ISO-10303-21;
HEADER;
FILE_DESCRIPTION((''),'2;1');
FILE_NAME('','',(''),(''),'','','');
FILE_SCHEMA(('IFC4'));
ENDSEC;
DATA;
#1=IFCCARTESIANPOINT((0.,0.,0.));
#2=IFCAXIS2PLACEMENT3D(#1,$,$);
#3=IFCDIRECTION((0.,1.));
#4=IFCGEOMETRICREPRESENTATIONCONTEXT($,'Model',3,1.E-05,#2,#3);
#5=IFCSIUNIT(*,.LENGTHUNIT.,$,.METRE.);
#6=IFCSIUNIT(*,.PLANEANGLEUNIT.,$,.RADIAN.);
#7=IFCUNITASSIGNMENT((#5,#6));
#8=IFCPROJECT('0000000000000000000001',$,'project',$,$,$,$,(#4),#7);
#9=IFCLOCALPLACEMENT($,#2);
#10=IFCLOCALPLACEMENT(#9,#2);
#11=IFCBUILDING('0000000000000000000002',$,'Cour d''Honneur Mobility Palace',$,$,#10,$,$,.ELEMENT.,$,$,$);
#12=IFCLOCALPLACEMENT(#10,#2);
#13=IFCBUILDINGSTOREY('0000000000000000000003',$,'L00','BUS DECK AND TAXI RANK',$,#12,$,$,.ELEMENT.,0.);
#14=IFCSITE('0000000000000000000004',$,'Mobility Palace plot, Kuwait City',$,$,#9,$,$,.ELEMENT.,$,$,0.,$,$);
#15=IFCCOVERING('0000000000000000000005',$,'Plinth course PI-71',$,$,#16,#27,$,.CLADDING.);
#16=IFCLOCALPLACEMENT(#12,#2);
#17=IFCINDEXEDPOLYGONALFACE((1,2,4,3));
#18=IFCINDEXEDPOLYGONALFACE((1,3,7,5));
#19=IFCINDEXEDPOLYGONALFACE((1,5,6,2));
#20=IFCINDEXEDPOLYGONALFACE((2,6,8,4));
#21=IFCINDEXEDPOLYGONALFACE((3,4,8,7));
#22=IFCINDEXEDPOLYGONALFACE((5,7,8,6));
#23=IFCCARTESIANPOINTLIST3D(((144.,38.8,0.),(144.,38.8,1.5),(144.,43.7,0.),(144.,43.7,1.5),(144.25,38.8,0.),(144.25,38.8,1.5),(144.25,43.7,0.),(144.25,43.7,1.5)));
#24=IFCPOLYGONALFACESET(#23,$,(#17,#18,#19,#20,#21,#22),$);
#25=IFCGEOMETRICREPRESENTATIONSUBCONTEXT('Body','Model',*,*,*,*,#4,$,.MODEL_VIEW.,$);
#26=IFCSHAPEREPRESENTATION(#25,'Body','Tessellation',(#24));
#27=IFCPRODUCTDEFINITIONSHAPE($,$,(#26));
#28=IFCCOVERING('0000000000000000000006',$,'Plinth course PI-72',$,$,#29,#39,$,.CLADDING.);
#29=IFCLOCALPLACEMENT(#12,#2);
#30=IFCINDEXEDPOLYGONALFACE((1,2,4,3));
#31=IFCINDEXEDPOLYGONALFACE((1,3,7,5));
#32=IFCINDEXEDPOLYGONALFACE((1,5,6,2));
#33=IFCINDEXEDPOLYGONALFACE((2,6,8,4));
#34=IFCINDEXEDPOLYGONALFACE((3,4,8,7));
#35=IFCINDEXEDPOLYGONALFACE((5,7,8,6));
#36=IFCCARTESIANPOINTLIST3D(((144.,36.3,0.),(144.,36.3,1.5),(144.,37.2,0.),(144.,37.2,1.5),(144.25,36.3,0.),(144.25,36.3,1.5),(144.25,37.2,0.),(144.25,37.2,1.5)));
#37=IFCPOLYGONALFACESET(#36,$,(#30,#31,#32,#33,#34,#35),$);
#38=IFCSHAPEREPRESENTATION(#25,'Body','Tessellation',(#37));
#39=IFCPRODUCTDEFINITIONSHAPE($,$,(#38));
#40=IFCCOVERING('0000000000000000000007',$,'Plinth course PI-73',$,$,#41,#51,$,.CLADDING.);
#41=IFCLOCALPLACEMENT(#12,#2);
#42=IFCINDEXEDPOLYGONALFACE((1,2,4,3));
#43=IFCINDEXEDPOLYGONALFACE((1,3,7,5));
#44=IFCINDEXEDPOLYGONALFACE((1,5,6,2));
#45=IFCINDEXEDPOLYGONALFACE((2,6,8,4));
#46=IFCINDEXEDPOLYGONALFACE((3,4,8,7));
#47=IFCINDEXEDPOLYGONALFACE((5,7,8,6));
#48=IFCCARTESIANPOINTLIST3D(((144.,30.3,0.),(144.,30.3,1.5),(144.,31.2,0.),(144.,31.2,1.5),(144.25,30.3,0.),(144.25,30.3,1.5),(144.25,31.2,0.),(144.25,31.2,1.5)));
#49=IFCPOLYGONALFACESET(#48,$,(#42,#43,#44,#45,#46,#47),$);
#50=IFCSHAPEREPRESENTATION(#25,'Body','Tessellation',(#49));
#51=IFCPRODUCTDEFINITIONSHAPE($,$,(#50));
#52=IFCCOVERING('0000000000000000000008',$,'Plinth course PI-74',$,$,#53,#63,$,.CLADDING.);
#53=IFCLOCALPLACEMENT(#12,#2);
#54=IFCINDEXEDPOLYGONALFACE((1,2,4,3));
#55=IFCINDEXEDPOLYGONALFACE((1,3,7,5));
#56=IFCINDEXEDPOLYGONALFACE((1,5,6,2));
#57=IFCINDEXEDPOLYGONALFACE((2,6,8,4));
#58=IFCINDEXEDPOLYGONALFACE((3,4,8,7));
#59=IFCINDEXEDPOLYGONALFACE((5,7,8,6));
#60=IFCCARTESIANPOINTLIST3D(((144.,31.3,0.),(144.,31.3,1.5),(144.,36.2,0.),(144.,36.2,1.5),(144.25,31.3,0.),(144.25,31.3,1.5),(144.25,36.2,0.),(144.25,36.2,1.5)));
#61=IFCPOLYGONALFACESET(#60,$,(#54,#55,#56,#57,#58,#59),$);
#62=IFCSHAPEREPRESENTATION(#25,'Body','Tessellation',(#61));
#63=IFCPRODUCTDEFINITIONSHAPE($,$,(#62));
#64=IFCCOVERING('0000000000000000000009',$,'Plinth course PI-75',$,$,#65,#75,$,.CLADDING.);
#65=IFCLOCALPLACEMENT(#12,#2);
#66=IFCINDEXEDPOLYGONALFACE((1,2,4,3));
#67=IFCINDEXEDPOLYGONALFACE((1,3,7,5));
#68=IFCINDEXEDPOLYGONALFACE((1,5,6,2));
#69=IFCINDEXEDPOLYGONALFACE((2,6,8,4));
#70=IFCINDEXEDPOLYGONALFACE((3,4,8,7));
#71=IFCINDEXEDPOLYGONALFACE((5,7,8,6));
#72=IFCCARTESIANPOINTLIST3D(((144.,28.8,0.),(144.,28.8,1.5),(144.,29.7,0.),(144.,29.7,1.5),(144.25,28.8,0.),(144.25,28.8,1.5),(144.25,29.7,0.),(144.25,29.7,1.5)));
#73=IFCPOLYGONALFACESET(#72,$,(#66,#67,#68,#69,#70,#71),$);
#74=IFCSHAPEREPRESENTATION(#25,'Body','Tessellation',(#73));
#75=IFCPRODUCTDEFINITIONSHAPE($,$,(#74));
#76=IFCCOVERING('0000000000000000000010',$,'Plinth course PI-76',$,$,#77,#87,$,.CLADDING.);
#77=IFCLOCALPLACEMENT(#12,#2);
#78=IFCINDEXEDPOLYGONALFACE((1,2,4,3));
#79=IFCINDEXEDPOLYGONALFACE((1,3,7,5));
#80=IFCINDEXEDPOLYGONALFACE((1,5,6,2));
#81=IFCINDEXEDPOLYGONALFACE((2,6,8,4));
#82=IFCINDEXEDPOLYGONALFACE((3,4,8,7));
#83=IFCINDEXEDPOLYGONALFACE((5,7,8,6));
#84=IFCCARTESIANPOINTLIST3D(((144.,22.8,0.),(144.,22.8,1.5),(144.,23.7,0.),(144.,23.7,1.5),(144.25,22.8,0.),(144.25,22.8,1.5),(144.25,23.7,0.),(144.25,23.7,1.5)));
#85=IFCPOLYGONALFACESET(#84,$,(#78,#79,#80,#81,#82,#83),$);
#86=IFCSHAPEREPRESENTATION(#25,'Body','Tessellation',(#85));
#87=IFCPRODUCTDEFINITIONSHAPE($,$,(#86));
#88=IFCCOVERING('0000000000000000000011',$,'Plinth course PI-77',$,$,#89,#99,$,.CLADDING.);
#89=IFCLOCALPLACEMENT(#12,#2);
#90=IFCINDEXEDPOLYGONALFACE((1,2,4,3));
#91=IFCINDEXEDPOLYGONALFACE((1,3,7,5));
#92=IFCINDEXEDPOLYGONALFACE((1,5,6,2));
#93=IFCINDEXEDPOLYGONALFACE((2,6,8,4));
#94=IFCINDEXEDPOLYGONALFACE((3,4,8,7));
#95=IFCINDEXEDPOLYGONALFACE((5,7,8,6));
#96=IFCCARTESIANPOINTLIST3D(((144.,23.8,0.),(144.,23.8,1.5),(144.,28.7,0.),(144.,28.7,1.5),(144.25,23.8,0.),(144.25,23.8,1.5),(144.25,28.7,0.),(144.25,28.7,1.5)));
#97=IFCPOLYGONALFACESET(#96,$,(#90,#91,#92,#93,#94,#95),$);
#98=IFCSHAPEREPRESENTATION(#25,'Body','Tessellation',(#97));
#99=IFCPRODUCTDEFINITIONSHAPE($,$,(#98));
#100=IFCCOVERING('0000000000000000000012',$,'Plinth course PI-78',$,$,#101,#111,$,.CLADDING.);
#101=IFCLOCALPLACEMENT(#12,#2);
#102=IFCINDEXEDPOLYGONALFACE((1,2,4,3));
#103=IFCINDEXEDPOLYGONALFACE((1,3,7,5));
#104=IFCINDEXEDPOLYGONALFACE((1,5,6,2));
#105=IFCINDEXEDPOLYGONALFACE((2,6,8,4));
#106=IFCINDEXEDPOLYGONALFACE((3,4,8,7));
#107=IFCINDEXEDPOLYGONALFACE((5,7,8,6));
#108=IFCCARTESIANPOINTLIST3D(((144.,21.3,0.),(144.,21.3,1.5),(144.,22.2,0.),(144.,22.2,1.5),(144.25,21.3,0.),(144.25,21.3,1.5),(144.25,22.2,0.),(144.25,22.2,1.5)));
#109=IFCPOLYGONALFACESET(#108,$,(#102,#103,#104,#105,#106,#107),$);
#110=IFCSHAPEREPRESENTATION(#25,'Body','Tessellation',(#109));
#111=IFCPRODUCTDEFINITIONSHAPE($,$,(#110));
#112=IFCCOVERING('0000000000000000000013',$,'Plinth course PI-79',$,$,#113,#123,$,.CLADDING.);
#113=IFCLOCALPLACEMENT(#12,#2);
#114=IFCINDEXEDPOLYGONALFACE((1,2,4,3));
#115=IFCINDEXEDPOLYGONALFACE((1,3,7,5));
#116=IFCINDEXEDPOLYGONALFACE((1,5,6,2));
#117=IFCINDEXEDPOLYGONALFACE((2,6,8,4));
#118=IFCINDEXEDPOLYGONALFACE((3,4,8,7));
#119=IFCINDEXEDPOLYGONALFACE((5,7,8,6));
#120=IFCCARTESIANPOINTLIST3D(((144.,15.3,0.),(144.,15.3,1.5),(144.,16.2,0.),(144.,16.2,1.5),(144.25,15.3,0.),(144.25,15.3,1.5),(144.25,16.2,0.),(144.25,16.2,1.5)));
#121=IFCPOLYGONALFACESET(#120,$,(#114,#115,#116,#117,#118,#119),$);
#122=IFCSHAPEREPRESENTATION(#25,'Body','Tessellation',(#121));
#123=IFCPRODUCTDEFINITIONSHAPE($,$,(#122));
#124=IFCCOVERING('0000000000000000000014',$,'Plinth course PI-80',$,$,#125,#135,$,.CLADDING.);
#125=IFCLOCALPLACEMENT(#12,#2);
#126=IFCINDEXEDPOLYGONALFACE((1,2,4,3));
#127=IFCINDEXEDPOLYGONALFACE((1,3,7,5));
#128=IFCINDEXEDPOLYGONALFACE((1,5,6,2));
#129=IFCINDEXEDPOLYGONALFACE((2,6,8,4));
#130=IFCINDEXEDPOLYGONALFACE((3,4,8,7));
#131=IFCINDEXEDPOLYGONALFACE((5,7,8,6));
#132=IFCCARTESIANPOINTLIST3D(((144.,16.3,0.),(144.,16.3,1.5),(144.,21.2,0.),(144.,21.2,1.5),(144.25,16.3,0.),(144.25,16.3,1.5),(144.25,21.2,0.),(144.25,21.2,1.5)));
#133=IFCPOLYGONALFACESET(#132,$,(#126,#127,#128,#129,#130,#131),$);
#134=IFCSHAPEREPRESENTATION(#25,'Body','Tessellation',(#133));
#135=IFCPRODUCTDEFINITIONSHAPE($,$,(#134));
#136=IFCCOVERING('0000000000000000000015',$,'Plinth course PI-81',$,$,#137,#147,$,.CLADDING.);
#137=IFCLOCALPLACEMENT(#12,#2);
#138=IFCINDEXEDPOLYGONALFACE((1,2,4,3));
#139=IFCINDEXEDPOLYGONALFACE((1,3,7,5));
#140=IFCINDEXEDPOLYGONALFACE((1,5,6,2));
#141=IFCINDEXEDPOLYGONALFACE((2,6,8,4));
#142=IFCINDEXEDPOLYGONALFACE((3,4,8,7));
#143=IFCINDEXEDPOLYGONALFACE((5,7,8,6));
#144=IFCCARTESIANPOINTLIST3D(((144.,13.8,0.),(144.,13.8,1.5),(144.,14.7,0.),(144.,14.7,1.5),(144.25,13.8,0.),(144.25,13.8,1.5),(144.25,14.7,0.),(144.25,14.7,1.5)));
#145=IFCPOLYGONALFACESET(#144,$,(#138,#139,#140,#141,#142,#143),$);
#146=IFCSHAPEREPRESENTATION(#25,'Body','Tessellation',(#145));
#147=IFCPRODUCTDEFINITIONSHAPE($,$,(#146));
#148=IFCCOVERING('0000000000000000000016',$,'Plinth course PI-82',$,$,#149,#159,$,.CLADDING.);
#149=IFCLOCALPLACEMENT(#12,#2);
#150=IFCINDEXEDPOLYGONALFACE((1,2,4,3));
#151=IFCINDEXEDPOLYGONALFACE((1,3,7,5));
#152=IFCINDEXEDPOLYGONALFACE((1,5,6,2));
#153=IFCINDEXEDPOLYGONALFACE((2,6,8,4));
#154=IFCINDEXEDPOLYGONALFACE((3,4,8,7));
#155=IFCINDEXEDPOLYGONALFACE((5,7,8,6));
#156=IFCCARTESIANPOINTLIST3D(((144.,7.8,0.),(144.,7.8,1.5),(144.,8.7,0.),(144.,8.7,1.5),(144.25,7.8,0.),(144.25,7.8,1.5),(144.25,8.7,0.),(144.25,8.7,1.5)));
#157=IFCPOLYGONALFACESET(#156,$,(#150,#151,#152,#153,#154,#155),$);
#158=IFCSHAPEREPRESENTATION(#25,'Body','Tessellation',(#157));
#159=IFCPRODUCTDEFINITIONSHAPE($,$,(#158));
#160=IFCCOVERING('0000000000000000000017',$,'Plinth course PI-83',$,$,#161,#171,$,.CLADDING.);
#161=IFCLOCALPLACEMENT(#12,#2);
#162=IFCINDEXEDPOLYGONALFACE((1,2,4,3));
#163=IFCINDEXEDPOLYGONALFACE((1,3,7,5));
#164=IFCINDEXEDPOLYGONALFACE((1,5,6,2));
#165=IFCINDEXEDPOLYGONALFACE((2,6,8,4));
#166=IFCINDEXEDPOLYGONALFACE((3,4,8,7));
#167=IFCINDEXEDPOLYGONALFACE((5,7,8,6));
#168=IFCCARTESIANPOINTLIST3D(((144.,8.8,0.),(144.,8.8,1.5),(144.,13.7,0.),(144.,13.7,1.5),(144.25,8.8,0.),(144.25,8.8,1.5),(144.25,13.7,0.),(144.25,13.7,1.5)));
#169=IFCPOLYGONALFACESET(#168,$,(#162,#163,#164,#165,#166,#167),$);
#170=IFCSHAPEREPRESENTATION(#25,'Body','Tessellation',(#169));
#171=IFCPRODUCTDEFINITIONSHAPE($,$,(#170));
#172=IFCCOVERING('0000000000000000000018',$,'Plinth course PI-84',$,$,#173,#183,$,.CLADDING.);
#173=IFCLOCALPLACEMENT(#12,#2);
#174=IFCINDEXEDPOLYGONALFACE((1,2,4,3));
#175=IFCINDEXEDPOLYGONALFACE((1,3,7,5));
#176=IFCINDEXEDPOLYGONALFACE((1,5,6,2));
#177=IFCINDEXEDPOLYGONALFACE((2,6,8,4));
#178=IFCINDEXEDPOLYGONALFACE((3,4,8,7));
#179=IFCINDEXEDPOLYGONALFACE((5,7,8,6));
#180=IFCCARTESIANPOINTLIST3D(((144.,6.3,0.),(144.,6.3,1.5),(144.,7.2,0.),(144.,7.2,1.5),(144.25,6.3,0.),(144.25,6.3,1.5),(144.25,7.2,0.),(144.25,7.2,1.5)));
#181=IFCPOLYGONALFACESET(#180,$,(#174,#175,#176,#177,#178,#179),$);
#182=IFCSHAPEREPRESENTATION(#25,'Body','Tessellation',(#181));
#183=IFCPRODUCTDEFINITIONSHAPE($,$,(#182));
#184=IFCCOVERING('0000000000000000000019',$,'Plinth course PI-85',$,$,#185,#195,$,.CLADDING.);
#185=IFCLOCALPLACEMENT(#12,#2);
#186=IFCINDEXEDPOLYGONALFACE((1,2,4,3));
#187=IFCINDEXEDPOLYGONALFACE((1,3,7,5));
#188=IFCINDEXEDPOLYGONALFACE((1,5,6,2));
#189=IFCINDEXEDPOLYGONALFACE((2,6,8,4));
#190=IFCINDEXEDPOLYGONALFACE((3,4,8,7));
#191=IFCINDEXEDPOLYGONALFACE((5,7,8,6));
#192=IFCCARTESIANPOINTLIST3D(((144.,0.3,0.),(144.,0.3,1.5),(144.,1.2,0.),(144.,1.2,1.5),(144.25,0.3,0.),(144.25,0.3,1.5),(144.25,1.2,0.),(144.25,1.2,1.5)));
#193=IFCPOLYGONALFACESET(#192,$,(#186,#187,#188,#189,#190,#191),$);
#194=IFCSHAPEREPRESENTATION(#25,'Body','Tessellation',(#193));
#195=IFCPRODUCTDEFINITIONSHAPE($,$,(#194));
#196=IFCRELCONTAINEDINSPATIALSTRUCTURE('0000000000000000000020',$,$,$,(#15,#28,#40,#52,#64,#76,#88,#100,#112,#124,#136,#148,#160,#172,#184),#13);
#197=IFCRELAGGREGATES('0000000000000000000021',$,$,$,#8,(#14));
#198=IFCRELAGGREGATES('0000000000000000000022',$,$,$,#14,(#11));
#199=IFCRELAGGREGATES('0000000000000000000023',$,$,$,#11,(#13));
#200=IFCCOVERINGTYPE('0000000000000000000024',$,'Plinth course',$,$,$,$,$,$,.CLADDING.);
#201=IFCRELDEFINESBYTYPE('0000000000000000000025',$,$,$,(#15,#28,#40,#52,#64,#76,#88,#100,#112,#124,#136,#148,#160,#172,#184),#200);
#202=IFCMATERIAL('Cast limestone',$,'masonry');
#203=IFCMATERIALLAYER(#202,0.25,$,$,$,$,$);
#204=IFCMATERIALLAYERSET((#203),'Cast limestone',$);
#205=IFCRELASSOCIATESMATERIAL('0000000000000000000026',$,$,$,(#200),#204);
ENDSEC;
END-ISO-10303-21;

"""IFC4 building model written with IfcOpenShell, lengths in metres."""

from ifc_helpers import new_model, si_unit, direction, origin, place, context, subcontext, project, spatial, polyline, outline, extrude, material, layer, layer_set, type_object, element, save


model = new_model("IFC4")

# Units and contexts
model_context = context("Model", 3, precision=1e-05, world=origin(), true_north=direction((0.0, 1.0)))
body_context = subcontext(model_context, "Body", "Model", "MODEL_VIEW")
ifc_project = project(units=[si_unit("LENGTHUNIT", "METRE"), si_unit("PLANEANGLEUNIT", "RADIAN")], contexts=[model_context])

# Site, building, storey
site_placement = place(None, origin())
site = spatial("IfcSite", under=ifc_project, at=site_placement, Name="Mobility Palace plot, Kuwait City", CompositionType="ELEMENT", RefElevation=0.0)
building_placement = place(site_placement, origin())
building = spatial("IfcBuilding", under=site, at=building_placement, Name="Cour d'Honneur Mobility Palace", CompositionType="ELEMENT")
storey_placement = place(building_placement, origin())
storey = spatial("IfcBuildingStorey", under=building, at=storey_placement, Name="L00", Description="BUS DECK AND TAXI RANK", CompositionType="ELEMENT", Elevation=0.0)

# Coverings
ifc_material = material(Name="Cast limestone", Category="masonry")
ifc_layer = layer(ifc_material, 0.25)
ifc_layer_set = layer_set([ifc_layer], Name="Cast limestone")
covering_type = type_object("IfcCoveringType", Name="Plinth course", PredefinedType="CLADDING", material=ifc_layer_set)
covering_1_placement = place(storey_placement, origin())
element("IfcCovering", 1, at=covering_1_placement, inside=storey, type_object=covering_type, Name="Plinth course PI-71", PredefinedType="CLADDING", context=body_context, shape_type="SweptSolid", body=[
    extrude(outline(polyline([(144.25, 43.7), (144.25, 38.8), (144.0, 38.8), (144.0, 43.7), (144.25, 43.7)])), origin(), (0.0, 0.0, 1.0), 1.5),
])
covering_2_placement = place(storey_placement, origin())
element("IfcCovering", 2, at=covering_2_placement, inside=storey, type_object=covering_type, Name="Plinth course PI-72", PredefinedType="CLADDING", context=body_context, shape_type="SweptSolid", body=[
    extrude(outline(polyline([(144.25, 37.2), (144.25, 36.3), (144.0, 36.3), (144.0, 37.2), (144.25, 37.2)])), origin(), (0.0, 0.0, 1.0), 1.5),
])
covering_3_placement = place(storey_placement, origin())
element("IfcCovering", 3, at=covering_3_placement, inside=storey, type_object=covering_type, Name="Plinth course PI-73", PredefinedType="CLADDING", context=body_context, shape_type="SweptSolid", body=[
    extrude(outline(polyline([(144.25, 31.2), (144.25, 30.3), (144.0, 30.3), (144.0, 31.2), (144.25, 31.2)])), origin(), (0.0, 0.0, 1.0), 1.5),
])
covering_4_placement = place(storey_placement, origin())
element("IfcCovering", 4, at=covering_4_placement, inside=storey, type_object=covering_type, Name="Plinth course PI-74", PredefinedType="CLADDING", context=body_context, shape_type="SweptSolid", body=[
    extrude(outline(polyline([(144.25, 36.2), (144.25, 31.3), (144.0, 31.3), (144.0, 36.2), (144.25, 36.2)])), origin(), (0.0, 0.0, 1.0), 1.5),
])
covering_5_placement = place(storey_placement, origin())
element("IfcCovering", 5, at=covering_5_placement, inside=storey, type_object=covering_type, Name="Plinth course PI-75", PredefinedType="CLADDING", context=body_context, shape_type="SweptSolid", body=[
    extrude(outline(polyline([(144.25, 29.7), (144.25, 28.8), (144.0, 28.8), (144.0, 29.7), (144.25, 29.7)])), origin(), (0.0, 0.0, 1.0), 1.5),
])
covering_6_placement = place(storey_placement, origin())
element("IfcCovering", 6, at=covering_6_placement, inside=storey, type_object=covering_type, Name="Plinth course PI-76", PredefinedType="CLADDING", context=body_context, shape_type="SweptSolid", body=[
    extrude(outline(polyline([(144.25, 23.7), (144.25, 22.8), (144.0, 22.8), (144.0, 23.7), (144.25, 23.7)])), origin(), (0.0, 0.0, 1.0), 1.5),
])
covering_7_placement = place(storey_placement, origin())
element("IfcCovering", 7, at=covering_7_placement, inside=storey, type_object=covering_type, Name="Plinth course PI-77", PredefinedType="CLADDING", context=body_context, shape_type="SweptSolid", body=[
    extrude(outline(polyline([(144.25, 28.7), (144.25, 23.8), (144.0, 23.8), (144.0, 28.7), (144.25, 28.7)])), origin(), (0.0, 0.0, 1.0), 1.5),
])
covering_8_placement = place(storey_placement, origin())
element("IfcCovering", 8, at=covering_8_placement, inside=storey, type_object=covering_type, Name="Plinth course PI-78", PredefinedType="CLADDING", context=body_context, shape_type="SweptSolid", body=[
    extrude(outline(polyline([(144.25, 22.2), (144.25, 21.3), (144.0, 21.3), (144.0, 22.2), (144.25, 22.2)])), origin(), (0.0, 0.0, 1.0), 1.5),
])
covering_9_placement = place(storey_placement, origin())
element("IfcCovering", 9, at=covering_9_placement, inside=storey, type_object=covering_type, Name="Plinth course PI-79", PredefinedType="CLADDING", context=body_context, shape_type="SweptSolid", body=[
    extrude(outline(polyline([(144.25, 16.2), (144.25, 15.3), (144.0, 15.3), (144.0, 16.2), (144.25, 16.2)])), origin(), (0.0, 0.0, 1.0), 1.5),
])
covering_10_placement = place(storey_placement, origin())
element("IfcCovering", 10, at=covering_10_placement, inside=storey, type_object=covering_type, Name="Plinth course PI-80", PredefinedType="CLADDING", context=body_context, shape_type="SweptSolid", body=[
    extrude(outline(polyline([(144.25, 21.2), (144.25, 16.3), (144.0, 16.3), (144.0, 21.2), (144.25, 21.2)])), origin(), (0.0, 0.0, 1.0), 1.5),
])
covering_11_placement = place(storey_placement, origin())
element("IfcCovering", 11, at=covering_11_placement, inside=storey, type_object=covering_type, Name="Plinth course PI-81", PredefinedType="CLADDING", context=body_context, shape_type="SweptSolid", body=[
    extrude(outline(polyline([(144.25, 14.7), (144.25, 13.8), (144.0, 13.8), (144.0, 14.7), (144.25, 14.7)])), origin(), (0.0, 0.0, 1.0), 1.5),
])
covering_12_placement = place(storey_placement, origin())
element("IfcCovering", 12, at=covering_12_placement, inside=storey, type_object=covering_type, Name="Plinth course PI-82", PredefinedType="CLADDING", context=body_context, shape_type="SweptSolid", body=[
    extrude(outline(polyline([(144.25, 8.7), (144.25, 7.8), (144.0, 7.8), (144.0, 8.7), (144.25, 8.7)])), origin(), (0.0, 0.0, 1.0), 1.5),
])
covering_13_placement = place(storey_placement, origin())
element("IfcCovering", 13, at=covering_13_placement, inside=storey, type_object=covering_type, Name="Plinth course PI-83", PredefinedType="CLADDING", context=body_context, shape_type="SweptSolid", body=[
    extrude(outline(polyline([(144.25, 13.7), (144.25, 8.8), (144.0, 8.8), (144.0, 13.7), (144.25, 13.7)])), origin(), (0.0, 0.0, 1.0), 1.5),
])
covering_14_placement = place(storey_placement, origin())
element("IfcCovering", 14, at=covering_14_placement, inside=storey, type_object=covering_type, Name="Plinth course PI-84", PredefinedType="CLADDING", context=body_context, shape_type="SweptSolid", body=[
    extrude(outline(polyline([(144.25, 7.2), (144.25, 6.3), (144.0, 6.3), (144.0, 7.2), (144.25, 7.2)])), origin(), (0.0, 0.0, 1.0), 1.5),
])
covering_15_placement = place(storey_placement, origin())
element("IfcCovering", 15, at=covering_15_placement, inside=storey, type_object=covering_type, Name="Plinth course PI-85", PredefinedType="CLADDING", context=body_context, shape_type="SweptSolid", body=[
    extrude(outline(polyline([(144.25, 1.2), (144.25, 0.3), (144.0, 0.3), (144.0, 1.2), (144.25, 1.2)])), origin(), (0.0, 0.0, 1.0), 1.5),
])

save(model, "model.ifc")
